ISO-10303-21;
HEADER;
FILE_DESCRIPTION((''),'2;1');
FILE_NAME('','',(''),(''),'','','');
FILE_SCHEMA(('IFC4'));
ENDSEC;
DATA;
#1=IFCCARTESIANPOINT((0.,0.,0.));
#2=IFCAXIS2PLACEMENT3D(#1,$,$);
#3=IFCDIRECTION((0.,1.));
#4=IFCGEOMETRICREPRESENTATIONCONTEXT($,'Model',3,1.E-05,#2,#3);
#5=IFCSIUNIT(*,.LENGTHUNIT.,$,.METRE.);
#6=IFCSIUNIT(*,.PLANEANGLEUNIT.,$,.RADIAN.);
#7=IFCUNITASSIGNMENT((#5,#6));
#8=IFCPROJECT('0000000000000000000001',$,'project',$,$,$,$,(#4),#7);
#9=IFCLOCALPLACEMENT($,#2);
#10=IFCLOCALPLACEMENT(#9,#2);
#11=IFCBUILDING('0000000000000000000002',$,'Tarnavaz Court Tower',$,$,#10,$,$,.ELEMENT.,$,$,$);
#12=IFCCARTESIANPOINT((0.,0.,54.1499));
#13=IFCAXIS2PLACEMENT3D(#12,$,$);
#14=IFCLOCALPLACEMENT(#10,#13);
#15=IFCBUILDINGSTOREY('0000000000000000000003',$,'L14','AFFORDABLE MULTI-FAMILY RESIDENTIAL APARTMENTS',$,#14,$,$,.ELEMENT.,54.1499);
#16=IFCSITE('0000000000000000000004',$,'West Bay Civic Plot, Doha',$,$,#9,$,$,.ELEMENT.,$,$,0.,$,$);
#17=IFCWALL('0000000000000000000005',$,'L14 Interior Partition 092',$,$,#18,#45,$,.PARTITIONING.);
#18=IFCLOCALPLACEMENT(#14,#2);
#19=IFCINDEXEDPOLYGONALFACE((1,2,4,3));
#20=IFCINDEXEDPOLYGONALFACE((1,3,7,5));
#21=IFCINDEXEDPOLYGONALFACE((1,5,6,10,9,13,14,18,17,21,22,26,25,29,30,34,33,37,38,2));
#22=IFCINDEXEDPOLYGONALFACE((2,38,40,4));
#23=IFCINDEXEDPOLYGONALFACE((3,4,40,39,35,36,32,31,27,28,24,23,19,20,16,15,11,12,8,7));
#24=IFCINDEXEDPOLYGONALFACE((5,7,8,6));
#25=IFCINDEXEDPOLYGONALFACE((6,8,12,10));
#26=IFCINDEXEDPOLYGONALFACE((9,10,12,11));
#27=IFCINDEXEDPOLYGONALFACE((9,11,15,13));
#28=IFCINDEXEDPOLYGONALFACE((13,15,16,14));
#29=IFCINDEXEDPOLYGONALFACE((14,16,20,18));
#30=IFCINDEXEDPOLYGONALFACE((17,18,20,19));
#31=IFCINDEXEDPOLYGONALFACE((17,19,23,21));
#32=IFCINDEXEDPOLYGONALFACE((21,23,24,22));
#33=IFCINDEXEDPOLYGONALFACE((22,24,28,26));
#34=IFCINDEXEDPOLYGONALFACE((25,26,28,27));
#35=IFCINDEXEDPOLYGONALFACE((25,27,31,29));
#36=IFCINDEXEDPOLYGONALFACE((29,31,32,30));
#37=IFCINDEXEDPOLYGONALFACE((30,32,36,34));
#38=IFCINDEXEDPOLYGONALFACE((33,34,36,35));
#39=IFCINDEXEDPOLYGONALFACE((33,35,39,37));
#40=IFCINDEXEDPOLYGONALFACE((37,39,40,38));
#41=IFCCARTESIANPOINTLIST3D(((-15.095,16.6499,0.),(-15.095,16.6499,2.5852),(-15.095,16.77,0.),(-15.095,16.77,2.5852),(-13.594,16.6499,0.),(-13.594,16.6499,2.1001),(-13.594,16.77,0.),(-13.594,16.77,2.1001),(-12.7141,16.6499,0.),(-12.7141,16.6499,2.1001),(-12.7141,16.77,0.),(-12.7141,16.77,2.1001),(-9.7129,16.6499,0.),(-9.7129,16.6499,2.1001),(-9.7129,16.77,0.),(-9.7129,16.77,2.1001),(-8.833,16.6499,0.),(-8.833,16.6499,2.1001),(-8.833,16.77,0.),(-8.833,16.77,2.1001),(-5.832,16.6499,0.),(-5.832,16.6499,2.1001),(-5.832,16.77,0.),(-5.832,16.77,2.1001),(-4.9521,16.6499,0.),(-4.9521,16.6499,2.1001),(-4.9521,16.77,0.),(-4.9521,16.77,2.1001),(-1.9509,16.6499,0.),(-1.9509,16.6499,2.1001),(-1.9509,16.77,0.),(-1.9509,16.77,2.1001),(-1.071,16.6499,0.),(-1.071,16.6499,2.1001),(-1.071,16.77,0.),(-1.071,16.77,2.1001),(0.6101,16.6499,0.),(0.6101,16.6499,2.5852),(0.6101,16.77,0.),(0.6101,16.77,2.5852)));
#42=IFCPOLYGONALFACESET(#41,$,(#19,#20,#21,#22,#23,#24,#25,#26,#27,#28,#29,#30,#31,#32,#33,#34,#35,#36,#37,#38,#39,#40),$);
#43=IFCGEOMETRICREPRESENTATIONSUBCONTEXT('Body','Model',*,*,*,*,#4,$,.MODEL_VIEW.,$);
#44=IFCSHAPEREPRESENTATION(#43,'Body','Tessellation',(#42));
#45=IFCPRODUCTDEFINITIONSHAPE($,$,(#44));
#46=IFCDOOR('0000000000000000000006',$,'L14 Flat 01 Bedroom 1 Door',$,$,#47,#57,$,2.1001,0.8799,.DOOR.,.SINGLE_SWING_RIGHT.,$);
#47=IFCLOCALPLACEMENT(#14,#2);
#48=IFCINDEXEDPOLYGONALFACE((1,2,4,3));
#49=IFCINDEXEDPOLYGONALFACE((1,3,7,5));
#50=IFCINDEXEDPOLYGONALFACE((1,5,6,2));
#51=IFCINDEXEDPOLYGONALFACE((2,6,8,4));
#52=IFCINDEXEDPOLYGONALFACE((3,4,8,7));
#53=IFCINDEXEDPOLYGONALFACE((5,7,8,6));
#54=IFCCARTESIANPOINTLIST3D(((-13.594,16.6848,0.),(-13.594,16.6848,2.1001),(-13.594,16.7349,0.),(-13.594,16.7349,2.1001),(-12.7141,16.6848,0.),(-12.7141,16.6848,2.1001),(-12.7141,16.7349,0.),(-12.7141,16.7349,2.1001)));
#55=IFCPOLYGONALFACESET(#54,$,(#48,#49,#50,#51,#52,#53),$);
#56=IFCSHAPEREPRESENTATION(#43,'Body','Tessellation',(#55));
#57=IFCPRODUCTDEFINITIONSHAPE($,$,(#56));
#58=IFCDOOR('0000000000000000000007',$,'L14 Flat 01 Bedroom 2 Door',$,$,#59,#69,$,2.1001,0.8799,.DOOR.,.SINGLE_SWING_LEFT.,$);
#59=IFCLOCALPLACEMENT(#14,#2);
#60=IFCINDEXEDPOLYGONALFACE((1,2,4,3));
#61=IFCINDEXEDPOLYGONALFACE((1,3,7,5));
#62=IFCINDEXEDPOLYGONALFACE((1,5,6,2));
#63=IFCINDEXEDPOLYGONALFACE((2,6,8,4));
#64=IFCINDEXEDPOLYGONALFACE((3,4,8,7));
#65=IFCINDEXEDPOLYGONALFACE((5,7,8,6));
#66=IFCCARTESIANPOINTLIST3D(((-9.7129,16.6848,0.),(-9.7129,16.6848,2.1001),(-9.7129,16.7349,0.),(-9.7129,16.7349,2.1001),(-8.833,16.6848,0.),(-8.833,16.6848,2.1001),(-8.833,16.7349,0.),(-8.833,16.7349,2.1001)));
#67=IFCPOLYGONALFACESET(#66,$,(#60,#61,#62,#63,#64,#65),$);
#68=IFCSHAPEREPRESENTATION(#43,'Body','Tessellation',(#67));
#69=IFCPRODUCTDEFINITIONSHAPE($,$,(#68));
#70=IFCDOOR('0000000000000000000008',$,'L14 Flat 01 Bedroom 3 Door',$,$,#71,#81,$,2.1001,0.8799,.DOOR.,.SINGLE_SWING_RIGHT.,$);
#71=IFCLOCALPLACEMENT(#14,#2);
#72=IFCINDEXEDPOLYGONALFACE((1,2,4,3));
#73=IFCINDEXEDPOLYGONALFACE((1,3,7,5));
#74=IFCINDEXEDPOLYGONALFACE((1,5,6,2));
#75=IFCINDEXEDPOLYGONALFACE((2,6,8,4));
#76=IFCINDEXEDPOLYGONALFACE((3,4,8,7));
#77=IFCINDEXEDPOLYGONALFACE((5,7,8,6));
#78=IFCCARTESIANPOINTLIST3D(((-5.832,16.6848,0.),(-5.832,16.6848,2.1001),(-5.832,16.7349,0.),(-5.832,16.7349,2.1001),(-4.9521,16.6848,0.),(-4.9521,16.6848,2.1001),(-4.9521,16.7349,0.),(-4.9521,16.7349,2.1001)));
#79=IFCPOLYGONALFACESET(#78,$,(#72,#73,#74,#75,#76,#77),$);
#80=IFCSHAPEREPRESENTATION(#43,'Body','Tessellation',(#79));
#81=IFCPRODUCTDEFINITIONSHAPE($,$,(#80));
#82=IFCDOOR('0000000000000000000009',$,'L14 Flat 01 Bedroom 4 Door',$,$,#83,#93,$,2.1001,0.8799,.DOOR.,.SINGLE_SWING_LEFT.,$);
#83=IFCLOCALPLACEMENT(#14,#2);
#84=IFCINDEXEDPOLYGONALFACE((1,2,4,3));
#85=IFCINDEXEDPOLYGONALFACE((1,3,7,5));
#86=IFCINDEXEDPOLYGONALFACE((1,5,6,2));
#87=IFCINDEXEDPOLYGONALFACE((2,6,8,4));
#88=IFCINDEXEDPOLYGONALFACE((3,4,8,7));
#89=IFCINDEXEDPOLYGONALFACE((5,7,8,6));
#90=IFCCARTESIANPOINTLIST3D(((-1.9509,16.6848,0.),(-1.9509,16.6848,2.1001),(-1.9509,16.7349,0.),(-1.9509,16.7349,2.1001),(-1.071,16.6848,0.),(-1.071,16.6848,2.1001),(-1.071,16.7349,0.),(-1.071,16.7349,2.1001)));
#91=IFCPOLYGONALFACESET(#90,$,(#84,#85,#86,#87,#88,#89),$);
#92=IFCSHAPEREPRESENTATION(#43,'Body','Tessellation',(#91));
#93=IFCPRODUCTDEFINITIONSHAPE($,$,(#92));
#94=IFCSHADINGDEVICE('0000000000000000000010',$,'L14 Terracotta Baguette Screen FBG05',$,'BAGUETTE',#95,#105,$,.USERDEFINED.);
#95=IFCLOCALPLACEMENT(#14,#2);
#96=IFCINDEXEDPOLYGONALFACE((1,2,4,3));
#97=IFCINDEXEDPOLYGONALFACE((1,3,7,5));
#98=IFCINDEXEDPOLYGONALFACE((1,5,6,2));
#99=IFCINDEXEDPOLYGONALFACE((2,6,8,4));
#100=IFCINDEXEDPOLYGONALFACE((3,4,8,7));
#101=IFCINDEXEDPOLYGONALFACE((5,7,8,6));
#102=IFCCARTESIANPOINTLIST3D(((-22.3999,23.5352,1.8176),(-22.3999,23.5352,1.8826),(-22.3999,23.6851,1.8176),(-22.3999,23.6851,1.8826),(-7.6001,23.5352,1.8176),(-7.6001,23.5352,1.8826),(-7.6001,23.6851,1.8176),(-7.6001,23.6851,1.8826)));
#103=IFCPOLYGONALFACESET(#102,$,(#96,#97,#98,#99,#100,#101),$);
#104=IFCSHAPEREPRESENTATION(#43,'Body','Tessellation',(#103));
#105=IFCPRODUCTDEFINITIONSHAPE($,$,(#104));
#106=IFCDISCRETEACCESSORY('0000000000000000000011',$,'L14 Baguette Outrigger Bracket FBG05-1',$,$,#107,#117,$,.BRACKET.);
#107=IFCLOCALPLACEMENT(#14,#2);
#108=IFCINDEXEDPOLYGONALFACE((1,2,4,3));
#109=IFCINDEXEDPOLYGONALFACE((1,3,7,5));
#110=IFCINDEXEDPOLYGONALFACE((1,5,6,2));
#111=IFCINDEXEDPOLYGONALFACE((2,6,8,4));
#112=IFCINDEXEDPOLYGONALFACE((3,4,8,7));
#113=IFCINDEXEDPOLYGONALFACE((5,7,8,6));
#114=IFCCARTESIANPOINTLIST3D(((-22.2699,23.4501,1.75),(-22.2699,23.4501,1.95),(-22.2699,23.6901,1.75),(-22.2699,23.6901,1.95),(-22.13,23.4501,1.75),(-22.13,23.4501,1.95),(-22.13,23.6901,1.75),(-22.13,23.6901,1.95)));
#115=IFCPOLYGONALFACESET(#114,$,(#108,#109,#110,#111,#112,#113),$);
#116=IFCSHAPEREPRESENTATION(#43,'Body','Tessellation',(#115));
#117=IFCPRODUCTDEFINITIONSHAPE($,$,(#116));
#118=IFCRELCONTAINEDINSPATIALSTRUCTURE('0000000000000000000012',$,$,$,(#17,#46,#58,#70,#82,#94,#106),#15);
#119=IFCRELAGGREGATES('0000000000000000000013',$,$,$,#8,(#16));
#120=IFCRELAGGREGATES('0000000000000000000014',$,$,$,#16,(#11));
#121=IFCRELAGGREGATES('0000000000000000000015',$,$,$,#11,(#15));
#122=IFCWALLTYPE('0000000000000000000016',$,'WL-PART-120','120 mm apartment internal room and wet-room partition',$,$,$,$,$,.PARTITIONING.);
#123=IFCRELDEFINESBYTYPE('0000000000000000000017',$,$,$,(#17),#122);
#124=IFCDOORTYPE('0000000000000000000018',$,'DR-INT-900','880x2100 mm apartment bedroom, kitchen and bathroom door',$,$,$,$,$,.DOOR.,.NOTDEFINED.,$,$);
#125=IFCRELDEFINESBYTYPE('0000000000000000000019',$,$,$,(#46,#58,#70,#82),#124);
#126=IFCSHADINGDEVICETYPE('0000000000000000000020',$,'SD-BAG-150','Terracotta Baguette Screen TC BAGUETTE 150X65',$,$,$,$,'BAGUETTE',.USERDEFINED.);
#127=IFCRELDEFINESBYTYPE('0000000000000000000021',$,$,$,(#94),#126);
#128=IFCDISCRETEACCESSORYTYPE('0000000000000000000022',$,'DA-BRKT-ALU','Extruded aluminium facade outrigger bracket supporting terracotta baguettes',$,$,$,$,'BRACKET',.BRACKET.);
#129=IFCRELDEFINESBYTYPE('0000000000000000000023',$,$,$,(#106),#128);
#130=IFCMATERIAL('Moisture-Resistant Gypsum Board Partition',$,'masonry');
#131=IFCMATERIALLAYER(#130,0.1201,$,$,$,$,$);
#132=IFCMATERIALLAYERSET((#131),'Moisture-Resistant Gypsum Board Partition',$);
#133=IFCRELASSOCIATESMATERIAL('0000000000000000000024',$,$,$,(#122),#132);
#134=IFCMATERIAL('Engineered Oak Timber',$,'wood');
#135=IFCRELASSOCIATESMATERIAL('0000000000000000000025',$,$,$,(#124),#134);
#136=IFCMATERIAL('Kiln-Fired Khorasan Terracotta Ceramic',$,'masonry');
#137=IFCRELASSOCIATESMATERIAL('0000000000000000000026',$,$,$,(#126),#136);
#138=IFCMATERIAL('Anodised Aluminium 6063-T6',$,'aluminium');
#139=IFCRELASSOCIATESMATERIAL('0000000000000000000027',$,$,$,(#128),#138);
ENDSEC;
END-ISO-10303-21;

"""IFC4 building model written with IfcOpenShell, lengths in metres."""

from ifc_helpers import new_model, si_unit, direction, frame, frame_2d, origin, origin_2d, place, context, subcontext, project, spatial, rectangle, extrude, material, layer, layer_set, material_profile, profile_set, type_object, element, fill, save


model = new_model("IFC4")

# Units and contexts
model_context = context("Model", 3, precision=1e-05, world=origin(), true_north=direction((0.0, 1.0)))
body_context = subcontext(model_context, "Body", "Model", "MODEL_VIEW")
ifc_project = project(units=[si_unit("LENGTHUNIT", "METRE"), si_unit("PLANEANGLEUNIT", "RADIAN")], contexts=[model_context])

# Site, building, storey
site_placement = place(None, origin())
site = spatial("IfcSite", under=ifc_project, at=site_placement, Name="West Bay Civic Plot, Doha", CompositionType="ELEMENT", RefElevation=0.0)
building_placement = place(site_placement, origin())
building = spatial("IfcBuilding", under=site, at=building_placement, Name="Tarnavaz Court Tower", CompositionType="ELEMENT")
storey_placement = place(building_placement, frame((0.0, 0.0, 54.1499)))
storey = spatial("IfcBuildingStorey", under=building, at=storey_placement, Name="L14", Description="AFFORDABLE MULTI-FAMILY RESIDENTIAL APARTMENTS", CompositionType="ELEMENT", Elevation=54.1499)

# Shared definitions
ifc_material_1 = material(Name="Moisture-Resistant Gypsum Board Partition", Category="masonry")
ifc_layer = layer(ifc_material_1, 0.1201)
ifc_layer_set = layer_set([ifc_layer], Name="Moisture-Resistant Gypsum Board Partition")
wall_type = type_object("IfcWallType", Name="WL-PART-120", Description="120 mm apartment internal room and wet-room partition", PredefinedType="PARTITIONING", material=ifc_layer_set)
ifc_material_2 = material(Name="Engineered Oak Timber", Category="wood")
door_type = type_object("IfcDoorType", Name="DR-INT-900", Description="880x2100 mm apartment bedroom, kitchen and bathroom door", OperationType="NOTDEFINED", PredefinedType="DOOR", material=ifc_material_2)

# Wall, openings, doors
wall_1_placement = place(storey_placement, frame((-15.095, 16.71, 0.0), z_axis=(0.0, 0.0, 1.0), x_axis=(1.0, 0.0, 0.0)))
wall_1 = element("IfcWall", 1, at=wall_1_placement, inside=storey, type_object=wall_type, Name="L14 Interior Partition 092", PredefinedType="PARTITIONING", context=body_context, shape_type="SweptSolid", body=[
    extrude(rectangle(XDim=15.7051, YDim=0.1201, at=frame_2d((7.8525, 0.0))), origin(), (0.0, 0.0, 1.0), 2.5852),
])
opening_1_placement = place(wall_1_placement, frame((1.501, 0.0, 0.0)))
opening_1 = element("IfcOpeningElement", 2, at=opening_1_placement, cuts=wall_1, PredefinedType="OPENING", context=body_context, shape_type="SweptSolid", body=[
    extrude(rectangle(XDim=0.8799, YDim=2.1001, at=frame_2d((0.4399, 1.05))), frame((0.0, 0.0701, 0.0), z_axis=(0.0, -1.0, 0.0), x_axis=(1.0, 0.0, 0.0)), (0.0, 0.0, 1.0), 0.1401),
])
opening_2_placement = place(wall_1_placement, frame((5.3821, 0.0, 0.0)))
opening_2 = element("IfcOpeningElement", 3, at=opening_2_placement, cuts=wall_1, PredefinedType="OPENING", context=body_context, shape_type="SweptSolid", body=[
    extrude(rectangle(XDim=0.8799, YDim=2.1001, at=frame_2d((0.4399, 1.05))), frame((0.0, 0.0701, 0.0), z_axis=(0.0, -1.0, 0.0), x_axis=(1.0, 0.0, 0.0)), (0.0, 0.0, 1.0), 0.1401),
])
opening_3_placement = place(wall_1_placement, frame((9.2629, 0.0, 0.0)))
opening_3 = element("IfcOpeningElement", 4, at=opening_3_placement, cuts=wall_1, PredefinedType="OPENING", context=body_context, shape_type="SweptSolid", body=[
    extrude(rectangle(XDim=0.8799, YDim=2.1001, at=frame_2d((0.4399, 1.05))), frame((0.0, 0.0701, 0.0), z_axis=(0.0, -1.0, 0.0), x_axis=(1.0, 0.0, 0.0)), (0.0, 0.0, 1.0), 0.1401),
])
opening_4_placement = place(wall_1_placement, frame((13.144, 0.0, 0.0)))
opening_4 = element("IfcOpeningElement", 5, at=opening_4_placement, cuts=wall_1, PredefinedType="OPENING", context=body_context, shape_type="SweptSolid", body=[
    extrude(rectangle(XDim=0.8799, YDim=2.1001, at=frame_2d((0.4399, 1.05))), frame((0.0, 0.0701, 0.0), z_axis=(0.0, -1.0, 0.0), x_axis=(1.0, 0.0, 0.0)), (0.0, 0.0, 1.0), 0.1401),
])
door_1_placement = place(opening_1_placement, origin())
door_1 = element("IfcDoor", 6, at=door_1_placement, inside=storey, type_object=door_type, Name="L14 Flat 01 Bedroom 1 Door", OperationType="SINGLE_SWING_RIGHT", OverallHeight=2.1001, OverallWidth=0.8799, PredefinedType="DOOR", context=body_context, shape_type="SweptSolid", body=[
    extrude(rectangle(XDim=0.8799, YDim=2.1001, at=frame_2d((0.4399, 1.05))), frame((0.0, 0.0249, 0.0), z_axis=(0.0, -1.0, 0.0), x_axis=(1.0, 0.0, 0.0)), (0.0, 0.0, 1.0), 0.05),
])
fill(opening_1, door_1)
door_2_placement = place(opening_2_placement, origin())
door_2 = element("IfcDoor", 7, at=door_2_placement, inside=storey, type_object=door_type, Name="L14 Flat 01 Bedroom 2 Door", OperationType="SINGLE_SWING_LEFT", OverallHeight=2.1001, OverallWidth=0.8799, PredefinedType="DOOR", context=body_context, shape_type="SweptSolid", body=[
    extrude(rectangle(XDim=0.8799, YDim=2.1001, at=frame_2d((0.4399, 1.05))), frame((0.0, 0.0249, 0.0), z_axis=(0.0, -1.0, 0.0), x_axis=(1.0, 0.0, 0.0)), (0.0, 0.0, 1.0), 0.05),
])
fill(opening_2, door_2)
door_3_placement = place(opening_3_placement, origin())
door_3 = element("IfcDoor", 8, at=door_3_placement, inside=storey, type_object=door_type, Name="L14 Flat 01 Bedroom 3 Door", OperationType="SINGLE_SWING_RIGHT", OverallHeight=2.1001, OverallWidth=0.8799, PredefinedType="DOOR", context=body_context, shape_type="SweptSolid", body=[
    extrude(rectangle(XDim=0.8799, YDim=2.1001, at=frame_2d((0.4399, 1.05))), frame((0.0, 0.0249, 0.0), z_axis=(0.0, -1.0, 0.0), x_axis=(1.0, 0.0, 0.0)), (0.0, 0.0, 1.0), 0.05),
])
fill(opening_3, door_3)
door_4_placement = place(opening_4_placement, origin())
door_4 = element("IfcDoor", 9, at=door_4_placement, inside=storey, type_object=door_type, Name="L14 Flat 01 Bedroom 4 Door", OperationType="SINGLE_SWING_LEFT", OverallHeight=2.1001, OverallWidth=0.8799, PredefinedType="DOOR", context=body_context, shape_type="SweptSolid", body=[
    extrude(rectangle(XDim=0.8799, YDim=2.1001, at=frame_2d((0.4399, 1.05))), frame((0.0, 0.0249, 0.0), z_axis=(0.0, -1.0, 0.0), x_axis=(1.0, 0.0, 0.0)), (0.0, 0.0, 1.0), 0.05),
])
fill(opening_4, door_4)

# Shading device
ifc_material_3 = material(Name="Kiln-Fired Khorasan Terracotta Ceramic", Category="masonry")
ifc_material_profile_1 = material_profile(ifc_material_3, rectangle(XDim=0.1499, YDim=0.0649, at=origin_2d()), Name="TC BAGUETTE 150X65")
ifc_profile_set_1 = profile_set([ifc_material_profile_1], Name="Kiln-Fired Khorasan Terracotta Ceramic")
shading_device_type = type_object("IfcShadingDeviceType", Name="SD-BAG-150", Description="Terracotta Baguette Screen TC BAGUETTE 150X65", ElementType="BAGUETTE", PredefinedType="USERDEFINED", material=ifc_profile_set_1)
shading_device_placement = place(storey_placement, frame((-22.3999, 23.6101, 1.8501), z_axis=(1.0, 0.0, 0.0), x_axis=(0.0, 1.0, 0.0)))
element("IfcShadingDevice", 10, at=shading_device_placement, inside=storey, type_object=shading_device_type, Name="L14 Terracotta Baguette Screen FBG05", ObjectType="BAGUETTE", PredefinedType="USERDEFINED", context=body_context, shape_type="SweptSolid", body=[
    extrude(rectangle(XDim=0.1499, YDim=0.0649, at=origin_2d()), origin(), (0.0, 0.0, 1.0), 14.7998),
])

# Discrete accessory
ifc_material_4 = material(Name="Anodised Aluminium 6063-T6", Category="aluminium")
discrete_accessory_type = type_object("IfcDiscreteAccessoryType", Name="DA-BRKT-ALU", Description="Extruded aluminium facade outrigger bracket supporting terracotta baguettes", ElementType="BRACKET", PredefinedType="BRACKET", material=ifc_material_4)
discrete_accessory_placement = place(storey_placement, frame((-22.2, 23.5701, 1.75), z_axis=(0.0, 0.0, 1.0), x_axis=(1.0, 0.0, 0.0)))
element("IfcDiscreteAccessory", 11, at=discrete_accessory_placement, inside=storey, type_object=discrete_accessory_type, Name="L14 Baguette Outrigger Bracket FBG05-1", PredefinedType="BRACKET", context=body_context, shape_type="SweptSolid", body=[
    extrude(rectangle(XDim=0.1399, YDim=0.24, at=origin_2d()), origin(), (0.0, 0.0, 1.0), 0.2),
])

save(model, "model.ifc")
